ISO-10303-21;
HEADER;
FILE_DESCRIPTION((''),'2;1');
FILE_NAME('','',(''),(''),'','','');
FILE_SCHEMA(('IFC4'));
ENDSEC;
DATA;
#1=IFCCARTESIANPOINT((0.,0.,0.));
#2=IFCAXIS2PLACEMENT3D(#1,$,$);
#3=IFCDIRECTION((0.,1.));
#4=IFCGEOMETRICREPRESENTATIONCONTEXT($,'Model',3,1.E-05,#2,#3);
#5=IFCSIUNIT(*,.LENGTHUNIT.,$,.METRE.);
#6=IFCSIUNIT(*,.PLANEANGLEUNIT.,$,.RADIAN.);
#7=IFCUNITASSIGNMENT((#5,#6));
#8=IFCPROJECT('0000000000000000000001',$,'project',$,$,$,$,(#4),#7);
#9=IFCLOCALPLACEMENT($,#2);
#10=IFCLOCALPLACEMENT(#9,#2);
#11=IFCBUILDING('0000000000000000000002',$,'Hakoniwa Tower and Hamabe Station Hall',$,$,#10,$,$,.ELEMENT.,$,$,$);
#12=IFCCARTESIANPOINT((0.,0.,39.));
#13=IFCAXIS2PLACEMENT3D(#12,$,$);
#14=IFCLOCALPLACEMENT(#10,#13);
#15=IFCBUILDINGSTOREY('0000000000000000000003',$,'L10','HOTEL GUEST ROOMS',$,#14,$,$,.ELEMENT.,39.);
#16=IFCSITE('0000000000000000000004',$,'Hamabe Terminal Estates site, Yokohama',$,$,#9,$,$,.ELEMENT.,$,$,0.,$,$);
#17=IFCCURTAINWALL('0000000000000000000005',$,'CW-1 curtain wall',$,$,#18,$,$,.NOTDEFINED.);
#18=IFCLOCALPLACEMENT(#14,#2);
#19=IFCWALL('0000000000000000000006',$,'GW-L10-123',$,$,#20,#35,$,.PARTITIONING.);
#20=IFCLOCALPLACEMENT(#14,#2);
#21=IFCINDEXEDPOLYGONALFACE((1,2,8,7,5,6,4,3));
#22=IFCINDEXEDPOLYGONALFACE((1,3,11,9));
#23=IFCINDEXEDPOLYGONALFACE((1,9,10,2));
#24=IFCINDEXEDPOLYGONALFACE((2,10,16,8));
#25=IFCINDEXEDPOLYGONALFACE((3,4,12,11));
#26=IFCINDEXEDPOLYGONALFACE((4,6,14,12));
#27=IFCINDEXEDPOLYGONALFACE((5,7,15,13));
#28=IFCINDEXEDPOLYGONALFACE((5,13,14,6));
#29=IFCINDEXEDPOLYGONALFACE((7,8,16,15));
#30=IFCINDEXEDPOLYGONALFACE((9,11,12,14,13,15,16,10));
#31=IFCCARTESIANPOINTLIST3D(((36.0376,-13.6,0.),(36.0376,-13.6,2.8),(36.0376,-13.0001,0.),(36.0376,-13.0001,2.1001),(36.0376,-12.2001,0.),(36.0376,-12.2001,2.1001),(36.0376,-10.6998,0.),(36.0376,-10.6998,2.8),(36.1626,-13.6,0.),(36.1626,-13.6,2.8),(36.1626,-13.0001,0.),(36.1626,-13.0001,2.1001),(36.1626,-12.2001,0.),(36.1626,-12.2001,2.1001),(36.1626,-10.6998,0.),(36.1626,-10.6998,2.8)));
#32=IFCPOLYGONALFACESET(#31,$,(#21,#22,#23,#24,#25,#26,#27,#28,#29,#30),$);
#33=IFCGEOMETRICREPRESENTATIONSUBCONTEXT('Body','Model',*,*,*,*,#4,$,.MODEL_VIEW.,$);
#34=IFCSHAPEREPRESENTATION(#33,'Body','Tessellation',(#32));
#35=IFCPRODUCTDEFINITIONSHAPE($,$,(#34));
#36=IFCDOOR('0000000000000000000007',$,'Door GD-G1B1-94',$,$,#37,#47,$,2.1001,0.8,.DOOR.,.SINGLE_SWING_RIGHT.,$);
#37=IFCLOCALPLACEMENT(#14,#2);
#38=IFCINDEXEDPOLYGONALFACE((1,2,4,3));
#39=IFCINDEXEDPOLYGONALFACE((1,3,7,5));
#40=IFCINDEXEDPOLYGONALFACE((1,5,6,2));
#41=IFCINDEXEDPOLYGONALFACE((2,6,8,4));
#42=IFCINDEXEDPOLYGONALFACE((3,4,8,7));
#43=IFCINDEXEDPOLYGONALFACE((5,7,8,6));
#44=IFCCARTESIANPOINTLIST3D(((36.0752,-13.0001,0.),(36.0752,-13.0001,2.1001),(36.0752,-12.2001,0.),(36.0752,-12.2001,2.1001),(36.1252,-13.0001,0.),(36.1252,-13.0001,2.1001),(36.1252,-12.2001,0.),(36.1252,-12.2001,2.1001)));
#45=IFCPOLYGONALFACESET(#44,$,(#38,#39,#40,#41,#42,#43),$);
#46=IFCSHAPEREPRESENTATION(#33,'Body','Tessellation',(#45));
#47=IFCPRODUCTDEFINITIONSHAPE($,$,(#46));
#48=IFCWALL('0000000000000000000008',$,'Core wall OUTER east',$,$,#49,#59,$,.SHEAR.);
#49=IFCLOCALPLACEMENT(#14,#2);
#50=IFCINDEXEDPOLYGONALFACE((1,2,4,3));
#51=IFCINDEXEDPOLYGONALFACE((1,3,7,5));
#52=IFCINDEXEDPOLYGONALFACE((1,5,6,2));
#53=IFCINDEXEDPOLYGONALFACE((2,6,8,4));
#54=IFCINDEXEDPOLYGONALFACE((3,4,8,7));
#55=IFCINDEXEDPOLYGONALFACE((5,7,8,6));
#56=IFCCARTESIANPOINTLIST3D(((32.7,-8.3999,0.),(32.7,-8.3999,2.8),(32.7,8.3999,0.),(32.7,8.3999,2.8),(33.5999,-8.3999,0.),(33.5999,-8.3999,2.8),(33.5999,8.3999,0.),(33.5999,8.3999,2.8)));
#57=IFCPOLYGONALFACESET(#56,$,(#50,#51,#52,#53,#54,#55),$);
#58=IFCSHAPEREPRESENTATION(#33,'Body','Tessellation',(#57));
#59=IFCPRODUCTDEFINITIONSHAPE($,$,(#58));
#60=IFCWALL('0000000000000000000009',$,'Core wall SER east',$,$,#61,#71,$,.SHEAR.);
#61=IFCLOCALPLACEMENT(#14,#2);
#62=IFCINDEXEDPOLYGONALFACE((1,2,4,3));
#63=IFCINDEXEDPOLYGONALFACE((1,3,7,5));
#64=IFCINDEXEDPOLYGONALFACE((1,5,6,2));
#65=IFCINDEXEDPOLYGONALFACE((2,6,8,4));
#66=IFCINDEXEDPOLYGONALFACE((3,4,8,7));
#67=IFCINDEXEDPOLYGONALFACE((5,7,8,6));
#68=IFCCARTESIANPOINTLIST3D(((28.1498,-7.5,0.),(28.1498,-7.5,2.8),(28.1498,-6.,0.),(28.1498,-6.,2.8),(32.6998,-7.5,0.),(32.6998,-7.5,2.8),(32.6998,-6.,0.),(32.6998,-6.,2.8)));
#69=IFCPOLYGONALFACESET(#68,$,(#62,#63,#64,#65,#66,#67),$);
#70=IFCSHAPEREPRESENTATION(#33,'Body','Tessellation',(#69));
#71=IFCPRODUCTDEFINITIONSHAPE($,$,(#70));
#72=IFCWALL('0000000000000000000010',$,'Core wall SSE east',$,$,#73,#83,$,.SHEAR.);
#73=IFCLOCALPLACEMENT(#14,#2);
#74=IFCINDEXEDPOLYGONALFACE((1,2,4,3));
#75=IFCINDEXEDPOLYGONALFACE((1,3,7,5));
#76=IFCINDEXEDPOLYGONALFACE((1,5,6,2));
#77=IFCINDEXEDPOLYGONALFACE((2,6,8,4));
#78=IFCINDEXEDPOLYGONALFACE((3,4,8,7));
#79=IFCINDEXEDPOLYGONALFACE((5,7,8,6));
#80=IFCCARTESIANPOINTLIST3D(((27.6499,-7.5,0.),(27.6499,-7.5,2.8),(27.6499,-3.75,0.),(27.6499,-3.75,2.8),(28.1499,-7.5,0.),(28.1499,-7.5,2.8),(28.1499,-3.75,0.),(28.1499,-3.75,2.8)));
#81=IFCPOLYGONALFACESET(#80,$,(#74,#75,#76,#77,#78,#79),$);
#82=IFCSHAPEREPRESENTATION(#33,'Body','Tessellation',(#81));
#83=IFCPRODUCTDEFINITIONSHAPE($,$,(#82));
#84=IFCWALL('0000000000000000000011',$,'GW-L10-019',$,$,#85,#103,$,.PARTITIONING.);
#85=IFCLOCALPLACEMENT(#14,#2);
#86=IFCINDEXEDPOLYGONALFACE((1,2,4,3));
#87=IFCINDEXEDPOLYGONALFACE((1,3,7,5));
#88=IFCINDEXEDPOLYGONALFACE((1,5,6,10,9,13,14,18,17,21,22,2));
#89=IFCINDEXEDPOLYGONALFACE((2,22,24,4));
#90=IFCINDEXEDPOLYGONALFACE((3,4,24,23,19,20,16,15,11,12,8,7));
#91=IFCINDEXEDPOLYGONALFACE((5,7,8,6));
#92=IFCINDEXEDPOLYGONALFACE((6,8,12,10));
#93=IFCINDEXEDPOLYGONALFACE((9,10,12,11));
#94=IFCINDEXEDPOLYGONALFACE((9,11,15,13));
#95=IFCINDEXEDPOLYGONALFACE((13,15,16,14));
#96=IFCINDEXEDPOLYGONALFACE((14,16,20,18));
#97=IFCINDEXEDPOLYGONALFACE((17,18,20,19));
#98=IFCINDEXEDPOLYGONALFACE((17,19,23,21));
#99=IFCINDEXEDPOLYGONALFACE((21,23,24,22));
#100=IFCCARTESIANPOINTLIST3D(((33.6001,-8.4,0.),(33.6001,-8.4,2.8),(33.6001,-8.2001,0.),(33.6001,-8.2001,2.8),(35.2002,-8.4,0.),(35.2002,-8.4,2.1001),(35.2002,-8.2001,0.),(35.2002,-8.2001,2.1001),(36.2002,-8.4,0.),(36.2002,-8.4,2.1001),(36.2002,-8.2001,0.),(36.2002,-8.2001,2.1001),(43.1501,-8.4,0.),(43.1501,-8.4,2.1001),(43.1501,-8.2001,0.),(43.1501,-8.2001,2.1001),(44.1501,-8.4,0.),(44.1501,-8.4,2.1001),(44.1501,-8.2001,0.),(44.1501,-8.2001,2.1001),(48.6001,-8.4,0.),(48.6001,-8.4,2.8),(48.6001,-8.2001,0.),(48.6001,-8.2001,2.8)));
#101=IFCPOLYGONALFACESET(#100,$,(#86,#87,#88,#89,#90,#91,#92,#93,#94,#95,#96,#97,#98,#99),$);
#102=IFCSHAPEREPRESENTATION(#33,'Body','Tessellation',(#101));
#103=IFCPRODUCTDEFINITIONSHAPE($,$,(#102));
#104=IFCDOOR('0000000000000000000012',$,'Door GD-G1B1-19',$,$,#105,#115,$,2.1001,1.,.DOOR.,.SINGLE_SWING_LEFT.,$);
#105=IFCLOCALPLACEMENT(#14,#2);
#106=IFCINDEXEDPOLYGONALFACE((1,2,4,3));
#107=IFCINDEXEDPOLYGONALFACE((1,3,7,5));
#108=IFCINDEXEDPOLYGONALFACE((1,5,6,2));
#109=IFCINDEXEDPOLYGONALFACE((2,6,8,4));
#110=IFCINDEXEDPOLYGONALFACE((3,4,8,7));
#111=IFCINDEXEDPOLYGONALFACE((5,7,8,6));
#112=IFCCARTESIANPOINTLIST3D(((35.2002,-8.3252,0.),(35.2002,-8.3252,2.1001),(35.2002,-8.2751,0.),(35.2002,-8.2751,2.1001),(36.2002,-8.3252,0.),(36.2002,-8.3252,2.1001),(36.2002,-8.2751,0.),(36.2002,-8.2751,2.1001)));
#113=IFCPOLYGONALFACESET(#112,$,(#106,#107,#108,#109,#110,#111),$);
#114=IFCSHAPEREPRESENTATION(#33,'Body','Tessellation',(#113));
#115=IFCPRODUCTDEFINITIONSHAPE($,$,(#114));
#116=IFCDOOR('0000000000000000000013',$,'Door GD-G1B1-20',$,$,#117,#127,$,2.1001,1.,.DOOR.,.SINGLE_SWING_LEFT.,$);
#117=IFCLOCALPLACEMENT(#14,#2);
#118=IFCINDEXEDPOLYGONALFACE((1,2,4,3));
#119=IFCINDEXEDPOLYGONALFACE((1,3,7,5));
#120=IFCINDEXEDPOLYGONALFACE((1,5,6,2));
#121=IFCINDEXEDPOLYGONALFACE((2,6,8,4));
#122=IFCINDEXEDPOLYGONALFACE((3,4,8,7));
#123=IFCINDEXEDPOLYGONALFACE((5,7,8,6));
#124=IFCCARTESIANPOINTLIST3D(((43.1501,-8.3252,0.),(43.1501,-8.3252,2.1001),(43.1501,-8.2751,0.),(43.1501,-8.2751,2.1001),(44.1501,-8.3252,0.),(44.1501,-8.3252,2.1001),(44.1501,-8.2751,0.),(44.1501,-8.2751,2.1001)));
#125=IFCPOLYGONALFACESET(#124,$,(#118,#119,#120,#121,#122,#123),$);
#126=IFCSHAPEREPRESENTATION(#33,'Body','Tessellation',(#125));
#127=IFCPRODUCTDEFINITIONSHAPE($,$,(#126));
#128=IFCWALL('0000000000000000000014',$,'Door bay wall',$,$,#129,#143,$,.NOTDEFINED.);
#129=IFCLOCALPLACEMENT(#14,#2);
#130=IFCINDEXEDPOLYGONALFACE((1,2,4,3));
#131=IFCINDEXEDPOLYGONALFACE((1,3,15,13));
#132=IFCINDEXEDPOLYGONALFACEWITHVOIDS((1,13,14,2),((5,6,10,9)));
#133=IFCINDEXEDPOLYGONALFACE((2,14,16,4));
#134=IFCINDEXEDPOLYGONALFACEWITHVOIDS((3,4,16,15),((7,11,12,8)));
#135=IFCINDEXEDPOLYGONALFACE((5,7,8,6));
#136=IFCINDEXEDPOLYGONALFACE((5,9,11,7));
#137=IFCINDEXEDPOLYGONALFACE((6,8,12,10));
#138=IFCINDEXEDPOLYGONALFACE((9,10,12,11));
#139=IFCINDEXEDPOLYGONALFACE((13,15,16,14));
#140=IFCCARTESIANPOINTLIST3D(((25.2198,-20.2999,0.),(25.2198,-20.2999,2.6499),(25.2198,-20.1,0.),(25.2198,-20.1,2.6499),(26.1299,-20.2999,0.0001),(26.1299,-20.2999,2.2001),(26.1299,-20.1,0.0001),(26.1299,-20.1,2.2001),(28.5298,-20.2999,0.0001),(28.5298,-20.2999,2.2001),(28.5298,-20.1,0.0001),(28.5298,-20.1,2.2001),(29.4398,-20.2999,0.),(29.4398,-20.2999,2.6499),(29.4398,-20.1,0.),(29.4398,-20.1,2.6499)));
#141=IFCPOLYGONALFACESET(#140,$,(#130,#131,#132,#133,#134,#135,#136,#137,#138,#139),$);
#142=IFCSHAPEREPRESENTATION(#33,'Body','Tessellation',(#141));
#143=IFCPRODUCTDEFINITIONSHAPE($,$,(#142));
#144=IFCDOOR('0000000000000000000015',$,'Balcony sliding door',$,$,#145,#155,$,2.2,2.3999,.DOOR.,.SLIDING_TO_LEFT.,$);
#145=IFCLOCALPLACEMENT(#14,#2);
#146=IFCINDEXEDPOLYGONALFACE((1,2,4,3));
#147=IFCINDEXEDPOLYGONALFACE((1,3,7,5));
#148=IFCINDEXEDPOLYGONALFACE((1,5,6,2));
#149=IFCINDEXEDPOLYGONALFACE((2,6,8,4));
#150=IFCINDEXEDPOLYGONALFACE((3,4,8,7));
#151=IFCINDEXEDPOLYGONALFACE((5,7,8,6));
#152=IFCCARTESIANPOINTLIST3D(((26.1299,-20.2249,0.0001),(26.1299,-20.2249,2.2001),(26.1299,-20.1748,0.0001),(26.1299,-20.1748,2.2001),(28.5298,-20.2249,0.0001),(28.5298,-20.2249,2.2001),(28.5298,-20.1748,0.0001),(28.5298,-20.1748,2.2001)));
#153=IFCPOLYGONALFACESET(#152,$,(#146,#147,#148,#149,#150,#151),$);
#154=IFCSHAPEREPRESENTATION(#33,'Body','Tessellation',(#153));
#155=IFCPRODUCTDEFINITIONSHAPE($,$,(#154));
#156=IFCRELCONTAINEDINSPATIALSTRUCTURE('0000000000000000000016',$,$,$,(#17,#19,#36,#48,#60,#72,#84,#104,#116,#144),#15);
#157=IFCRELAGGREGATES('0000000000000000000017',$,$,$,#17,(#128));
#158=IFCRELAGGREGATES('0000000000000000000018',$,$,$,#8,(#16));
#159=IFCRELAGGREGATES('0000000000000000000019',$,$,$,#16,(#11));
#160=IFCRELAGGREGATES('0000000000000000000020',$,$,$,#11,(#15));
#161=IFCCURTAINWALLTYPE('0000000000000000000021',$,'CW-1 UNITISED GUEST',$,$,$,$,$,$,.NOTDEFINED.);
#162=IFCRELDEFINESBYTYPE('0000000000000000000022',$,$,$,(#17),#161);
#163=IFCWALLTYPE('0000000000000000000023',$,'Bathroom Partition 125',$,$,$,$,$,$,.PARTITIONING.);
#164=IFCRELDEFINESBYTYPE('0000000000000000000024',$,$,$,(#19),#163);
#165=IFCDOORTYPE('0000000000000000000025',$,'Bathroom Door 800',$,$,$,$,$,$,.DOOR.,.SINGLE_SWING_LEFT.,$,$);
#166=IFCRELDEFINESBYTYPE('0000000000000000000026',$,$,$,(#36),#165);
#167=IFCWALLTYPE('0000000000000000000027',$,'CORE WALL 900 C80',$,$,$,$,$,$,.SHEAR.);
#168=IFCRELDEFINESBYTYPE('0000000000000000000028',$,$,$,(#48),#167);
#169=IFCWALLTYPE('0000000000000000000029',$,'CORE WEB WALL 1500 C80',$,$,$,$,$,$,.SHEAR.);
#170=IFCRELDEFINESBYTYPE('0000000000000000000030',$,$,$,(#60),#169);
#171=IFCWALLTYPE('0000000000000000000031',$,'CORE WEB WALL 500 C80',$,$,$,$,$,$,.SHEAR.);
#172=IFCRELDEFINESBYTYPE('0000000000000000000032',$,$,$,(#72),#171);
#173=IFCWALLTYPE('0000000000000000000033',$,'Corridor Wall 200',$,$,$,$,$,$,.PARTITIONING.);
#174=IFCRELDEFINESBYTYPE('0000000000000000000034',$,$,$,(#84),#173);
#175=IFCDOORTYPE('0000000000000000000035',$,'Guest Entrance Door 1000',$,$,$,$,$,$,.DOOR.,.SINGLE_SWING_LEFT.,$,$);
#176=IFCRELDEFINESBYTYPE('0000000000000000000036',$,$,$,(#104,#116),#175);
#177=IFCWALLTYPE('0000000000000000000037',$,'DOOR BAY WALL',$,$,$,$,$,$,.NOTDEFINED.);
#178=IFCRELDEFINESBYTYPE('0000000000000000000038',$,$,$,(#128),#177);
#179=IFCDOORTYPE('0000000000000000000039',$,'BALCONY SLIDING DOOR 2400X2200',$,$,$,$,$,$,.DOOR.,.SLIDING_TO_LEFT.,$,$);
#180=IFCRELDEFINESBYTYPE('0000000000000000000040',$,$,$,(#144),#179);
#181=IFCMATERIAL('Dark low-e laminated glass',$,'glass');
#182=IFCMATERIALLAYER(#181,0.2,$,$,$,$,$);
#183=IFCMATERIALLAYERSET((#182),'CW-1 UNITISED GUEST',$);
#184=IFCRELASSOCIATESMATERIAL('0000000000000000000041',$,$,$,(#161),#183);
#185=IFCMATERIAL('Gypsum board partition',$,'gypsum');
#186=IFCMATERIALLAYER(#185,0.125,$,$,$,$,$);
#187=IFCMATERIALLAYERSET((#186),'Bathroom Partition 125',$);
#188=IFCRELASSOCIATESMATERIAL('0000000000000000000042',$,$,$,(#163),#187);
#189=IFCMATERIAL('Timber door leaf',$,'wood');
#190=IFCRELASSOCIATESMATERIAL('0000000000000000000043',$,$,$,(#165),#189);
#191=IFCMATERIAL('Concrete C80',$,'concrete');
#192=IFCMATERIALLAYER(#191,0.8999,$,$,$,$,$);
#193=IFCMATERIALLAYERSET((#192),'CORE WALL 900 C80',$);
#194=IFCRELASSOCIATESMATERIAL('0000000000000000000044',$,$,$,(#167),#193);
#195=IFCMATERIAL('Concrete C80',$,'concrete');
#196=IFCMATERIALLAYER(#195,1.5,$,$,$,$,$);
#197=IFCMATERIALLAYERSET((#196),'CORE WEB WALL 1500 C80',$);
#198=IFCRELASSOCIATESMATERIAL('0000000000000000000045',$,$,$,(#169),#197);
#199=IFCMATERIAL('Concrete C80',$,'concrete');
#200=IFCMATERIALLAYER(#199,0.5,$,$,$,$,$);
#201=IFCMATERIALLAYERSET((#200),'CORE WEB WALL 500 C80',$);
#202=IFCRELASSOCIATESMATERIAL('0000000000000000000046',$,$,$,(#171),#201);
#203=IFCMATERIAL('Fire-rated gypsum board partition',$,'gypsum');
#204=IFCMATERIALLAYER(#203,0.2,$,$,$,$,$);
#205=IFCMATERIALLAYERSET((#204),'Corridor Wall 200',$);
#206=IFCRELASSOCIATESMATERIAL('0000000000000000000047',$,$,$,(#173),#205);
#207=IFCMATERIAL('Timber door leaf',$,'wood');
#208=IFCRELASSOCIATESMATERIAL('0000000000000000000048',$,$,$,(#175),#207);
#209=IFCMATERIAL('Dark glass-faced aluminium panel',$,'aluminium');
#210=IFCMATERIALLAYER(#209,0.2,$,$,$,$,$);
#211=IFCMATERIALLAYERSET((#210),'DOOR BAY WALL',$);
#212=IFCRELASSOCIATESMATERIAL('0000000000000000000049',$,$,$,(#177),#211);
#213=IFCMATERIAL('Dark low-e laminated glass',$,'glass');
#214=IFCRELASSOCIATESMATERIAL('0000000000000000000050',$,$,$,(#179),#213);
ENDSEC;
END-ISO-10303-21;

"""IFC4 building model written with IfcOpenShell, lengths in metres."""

from ifc_helpers import new_model, si_unit, direction, frame, frame_2d, origin, place, context, subcontext, project, spatial, rectangle, extrude, material, layer, layer_set, type_object, element, fill, aggregate, save


model = new_model("IFC4")

# Units and contexts
model_context = context("Model", 3, precision=1e-05, world=origin(), true_north=direction((0.0, 1.0)))
body_context = subcontext(model_context, "Body", "Model", "MODEL_VIEW")
ifc_project = project(units=[si_unit("LENGTHUNIT", "METRE"), si_unit("PLANEANGLEUNIT", "RADIAN")], contexts=[model_context])

# Site, building, storey
site_placement = place(None, origin())
site = spatial("IfcSite", under=ifc_project, at=site_placement, Name="Hamabe Terminal Estates site, Yokohama", CompositionType="ELEMENT", RefElevation=0.0)
building_placement = place(site_placement, origin())
building = spatial("IfcBuilding", under=site, at=building_placement, Name="Hakoniwa Tower and Hamabe Station Hall", CompositionType="ELEMENT")
storey_placement = place(building_placement, frame((0.0, 0.0, 39.0)))
storey = spatial("IfcBuildingStorey", under=building, at=storey_placement, Name="L10", Description="HOTEL GUEST ROOMS", CompositionType="ELEMENT", Elevation=39.0)

# Curtain wall
ifc_material_1 = material(Name="Dark low-e laminated glass", Category="glass")
ifc_layer_1 = layer(ifc_material_1, 0.2)
ifc_layer_set_1 = layer_set([ifc_layer_1], Name="CW-1 UNITISED GUEST")
curtain_wall_type = type_object("IfcCurtainWallType", Name="CW-1 UNITISED GUEST", PredefinedType="NOTDEFINED", material=ifc_layer_set_1)
curtain_wall_placement = place(storey_placement, origin())
curtain_wall = element("IfcCurtainWall", 1, at=curtain_wall_placement, inside=storey, type_object=curtain_wall_type, Name="CW-1 curtain wall", PredefinedType="NOTDEFINED")

# Shared definitions
ifc_material_2 = material(Name="Gypsum board partition", Category="gypsum")
ifc_layer_2 = layer(ifc_material_2, 0.125)
ifc_layer_set_2 = layer_set([ifc_layer_2], Name="Bathroom Partition 125")
wall_type_1 = type_object("IfcWallType", Name="Bathroom Partition 125", PredefinedType="PARTITIONING", material=ifc_layer_set_2)

# Wall, opening, door
ifc_material_3 = material(Name="Timber door leaf", Category="wood")
door_type_1 = type_object("IfcDoorType", Name="Bathroom Door 800", OperationType="SINGLE_SWING_LEFT", PredefinedType="DOOR", material=ifc_material_3)
wall_1_placement = place(storey_placement, frame((36.1001, -13.6001, 0.0), z_axis=(0.0, 0.0, 1.0), x_axis=(0.0, 1.0, 0.0)))
wall_1 = element("IfcWall", 2, at=wall_1_placement, inside=storey, type_object=wall_type_1, Name="GW-L10-123", PredefinedType="PARTITIONING", context=body_context, shape_type="SweptSolid", body=[
    extrude(rectangle(XDim=2.9001, YDim=0.125, at=frame_2d((1.4502, 0.0))), origin(), (0.0, 0.0, 1.0), 2.8),
])
opening_1_placement = place(wall_1_placement, frame((0.6001, 0.0, 0.0)))
opening_1 = element("IfcOpeningElement", 3, at=opening_1_placement, cuts=wall_1, PredefinedType="OPENING", context=body_context, shape_type="SweptSolid", body=[
    extrude(rectangle(XDim=0.8, YDim=2.1001, at=frame_2d((0.3999, 1.05))), frame((0.0, 0.0725, 0.0), z_axis=(0.0, -1.0, 0.0), x_axis=(1.0, 0.0, 0.0)), (0.0, 0.0, 1.0), 0.145),
])
door_1_placement = place(opening_1_placement, origin())
door_1 = element("IfcDoor", 4, at=door_1_placement, inside=storey, type_object=door_type_1, Name="Door GD-G1B1-94", OperationType="SINGLE_SWING_RIGHT", OverallHeight=2.1001, OverallWidth=0.8, PredefinedType="DOOR", context=body_context, shape_type="SweptSolid", body=[
    extrude(rectangle(XDim=0.8, YDim=2.1001, at=frame_2d((0.3999, 1.05))), frame((0.0, 0.0249, 0.0), z_axis=(0.0, -1.0, 0.0), x_axis=(1.0, 0.0, 0.0)), (0.0, 0.0, 1.0), 0.05),
])
fill(opening_1, door_1)

# Walls
ifc_material_4 = material(Name="Concrete C80", Category="concrete")
ifc_layer_3 = layer(ifc_material_4, 0.8999)
ifc_layer_set_3 = layer_set([ifc_layer_3], Name="CORE WALL 900 C80")
wall_type_2 = type_object("IfcWallType", Name="CORE WALL 900 C80", PredefinedType="SHEAR", material=ifc_layer_set_3)
wall_2_placement = place(storey_placement, frame((33.1499, -8.3999, 0.0), z_axis=(0.0, 0.0, 1.0), x_axis=(0.0, 1.0, 0.0)))
element("IfcWall", 5, at=wall_2_placement, inside=storey, type_object=wall_type_2, Name="Core wall OUTER east", PredefinedType="SHEAR", context=body_context, shape_type="SweptSolid", body=[
    extrude(rectangle(XDim=16.7998, YDim=0.8999, at=frame_2d((8.3999, 0.0))), origin(), (0.0, 0.0, 1.0), 2.8),
])
ifc_material_5 = material(Name="Concrete C80", Category="concrete")
ifc_layer_4 = layer(ifc_material_5, 1.5)
ifc_layer_set_4 = layer_set([ifc_layer_4], Name="CORE WEB WALL 1500 C80")
wall_type_3 = type_object("IfcWallType", Name="CORE WEB WALL 1500 C80", PredefinedType="SHEAR", material=ifc_layer_set_4)
wall_3_placement = place(storey_placement, frame((28.1499, -6.75, 0.0), z_axis=(0.0, 0.0, 1.0), x_axis=(1.0, 0.0, 0.0)))
element("IfcWall", 6, at=wall_3_placement, inside=storey, type_object=wall_type_3, Name="Core wall SER east", PredefinedType="SHEAR", context=body_context, shape_type="SweptSolid", body=[
    extrude(rectangle(XDim=4.55, YDim=1.5, at=frame_2d((2.2749, 0.0))), origin(), (0.0, 0.0, 1.0), 2.8),
])
ifc_material_6 = material(Name="Concrete C80", Category="concrete")
ifc_layer_5 = layer(ifc_material_6, 0.5)
ifc_layer_set_5 = layer_set([ifc_layer_5], Name="CORE WEB WALL 500 C80")
wall_type_4 = type_object("IfcWallType", Name="CORE WEB WALL 500 C80", PredefinedType="SHEAR", material=ifc_layer_set_5)
wall_4_placement = place(storey_placement, frame((27.8999, -7.5, 0.0), z_axis=(0.0, 0.0, 1.0), x_axis=(0.0, 1.0, 0.0)))
element("IfcWall", 7, at=wall_4_placement, inside=storey, type_object=wall_type_4, Name="Core wall SSE east", PredefinedType="SHEAR", context=body_context, shape_type="SweptSolid", body=[
    extrude(rectangle(XDim=3.75, YDim=0.5, at=frame_2d((1.875, 0.0))), origin(), (0.0, 0.0, 1.0), 2.8),
])

# Wall, openings, doors
ifc_material_7 = material(Name="Fire-rated gypsum board partition", Category="gypsum")
ifc_layer_6 = layer(ifc_material_7, 0.2)
ifc_layer_set_6 = layer_set([ifc_layer_6], Name="Corridor Wall 200")
wall_type_5 = type_object("IfcWallType", Name="Corridor Wall 200", PredefinedType="PARTITIONING", material=ifc_layer_set_6)
wall_5_placement = place(storey_placement, frame((33.6001, -8.3, 0.0), z_axis=(0.0, 0.0, 1.0), x_axis=(1.0, 0.0, 0.0)))
wall_5 = element("IfcWall", 8, at=wall_5_placement, inside=storey, type_object=wall_type_5, Name="GW-L10-019", PredefinedType="PARTITIONING", context=body_context, shape_type="SweptSolid", body=[
    extrude(rectangle(XDim=15.0, YDim=0.2, at=frame_2d((7.5, 0.0))), origin(), (0.0, 0.0, 1.0), 2.8),
])
opening_2_placement = place(wall_5_placement, frame((1.6001, 0.0, 0.0)))
opening_2 = element("IfcOpeningElement", 9, at=opening_2_placement, cuts=wall_5, PredefinedType="OPENING", context=body_context, shape_type="SweptSolid", body=[
    extrude(rectangle(XDim=1.0, YDim=2.1001, at=frame_2d((0.5, 1.05))), frame((0.0, 0.1099, 0.0), z_axis=(0.0, -1.0, 0.0), x_axis=(1.0, 0.0, 0.0)), (0.0, 0.0, 1.0), 0.22),
])
opening_3_placement = place(wall_5_placement, frame((9.55, 0.0, 0.0)))
opening_3 = element("IfcOpeningElement", 10, at=opening_3_placement, cuts=wall_5, PredefinedType="OPENING", context=body_context, shape_type="SweptSolid", body=[
    extrude(rectangle(XDim=1.0, YDim=2.1001, at=frame_2d((0.5, 1.05))), frame((0.0, 0.1099, 0.0), z_axis=(0.0, -1.0, 0.0), x_axis=(1.0, 0.0, 0.0)), (0.0, 0.0, 1.0), 0.22),
])
ifc_material_8 = material(Name="Timber door leaf", Category="wood")
door_type_2 = type_object("IfcDoorType", Name="Guest Entrance Door 1000", OperationType="SINGLE_SWING_LEFT", PredefinedType="DOOR", material=ifc_material_8)
door_2_placement = place(opening_2_placement, origin())
door_2 = element("IfcDoor", 11, at=door_2_placement, inside=storey, type_object=door_type_2, Name="Door GD-G1B1-19", OperationType="SINGLE_SWING_LEFT", OverallHeight=2.1001, OverallWidth=1.0, PredefinedType="DOOR", context=body_context, shape_type="SweptSolid", body=[
    extrude(rectangle(XDim=1.0, YDim=2.1001, at=frame_2d((0.5, 1.05))), frame((0.0, 0.0249, 0.0), z_axis=(0.0, -1.0, 0.0), x_axis=(1.0, 0.0, 0.0)), (0.0, 0.0, 1.0), 0.05),
])
fill(opening_2, door_2)
door_3_placement = place(opening_3_placement, origin())
door_3 = element("IfcDoor", 12, at=door_3_placement, inside=storey, type_object=door_type_2, Name="Door GD-G1B1-20", OperationType="SINGLE_SWING_LEFT", OverallHeight=2.1001, OverallWidth=1.0, PredefinedType="DOOR", context=body_context, shape_type="SweptSolid", body=[
    extrude(rectangle(XDim=1.0, YDim=2.1001, at=frame_2d((0.5, 1.05))), frame((0.0, 0.0249, 0.0), z_axis=(0.0, -1.0, 0.0), x_axis=(1.0, 0.0, 0.0)), (0.0, 0.0, 1.0), 0.05),
])
fill(opening_3, door_3)

# Wall, opening, door
ifc_material_9 = material(Name="Dark glass-faced aluminium panel", Category="aluminium")
ifc_layer_7 = layer(ifc_material_9, 0.2)
ifc_layer_set_7 = layer_set([ifc_layer_7], Name="DOOR BAY WALL")
wall_type_6 = type_object("IfcWallType", Name="DOOR BAY WALL", PredefinedType="NOTDEFINED", material=ifc_layer_set_7)
wall_6_placement = place(storey_placement, frame((25.22, -20.2, 0.0), z_axis=(0.0, 0.0, 1.0), x_axis=(1.0, 0.0, 0.0)))
wall_6 = element("IfcWall", 13, at=wall_6_placement, type_object=wall_type_6, Name="Door bay wall", PredefinedType="NOTDEFINED", context=body_context, shape_type="SweptSolid", body=[
    extrude(rectangle(XDim=4.22, YDim=0.2, at=frame_2d((2.1099, 0.0))), origin(), (0.0, 0.0, 1.0), 2.6499),
])
opening_4_placement = place(wall_6_placement, frame((0.9099, 0.0, 0.0)))
opening_4 = element("IfcOpeningElement", 14, at=opening_4_placement, cuts=wall_6, PredefinedType="OPENING", context=body_context, shape_type="SweptSolid", body=[
    extrude(rectangle(XDim=2.3999, YDim=2.2, at=frame_2d((1.2, 1.1001))), frame((0.0, 0.1099, 0.0), z_axis=(0.0, -1.0, 0.0), x_axis=(1.0, 0.0, 0.0)), (0.0, 0.0, 1.0), 0.22),
])
ifc_material_10 = material(Name="Dark low-e laminated glass", Category="glass")
door_type_3 = type_object("IfcDoorType", Name="BALCONY SLIDING DOOR 2400X2200", OperationType="SLIDING_TO_LEFT", PredefinedType="DOOR", material=ifc_material_10)
door_4_placement = place(opening_4_placement, frame((2.3999, 0.0, 0.0), z_axis=(0.0, 0.0, 1.0), x_axis=(-1.0, 0.0, 0.0)))
door_4 = element("IfcDoor", 15, at=door_4_placement, inside=storey, type_object=door_type_3, Name="Balcony sliding door", OperationType="SLIDING_TO_LEFT", OverallHeight=2.2, OverallWidth=2.3999, PredefinedType="DOOR", context=body_context, shape_type="SweptSolid", body=[
    extrude(rectangle(XDim=2.3999, YDim=2.2, at=frame_2d((1.2, 1.1001))), frame((0.0, 0.0249, 0.0), z_axis=(0.0, -1.0, 0.0), x_axis=(1.0, 0.0, 0.0)), (0.0, 0.0, 1.0), 0.05),
])
fill(opening_4, door_4)
aggregate(curtain_wall, [wall_6])

save(model, "model.ifc")
